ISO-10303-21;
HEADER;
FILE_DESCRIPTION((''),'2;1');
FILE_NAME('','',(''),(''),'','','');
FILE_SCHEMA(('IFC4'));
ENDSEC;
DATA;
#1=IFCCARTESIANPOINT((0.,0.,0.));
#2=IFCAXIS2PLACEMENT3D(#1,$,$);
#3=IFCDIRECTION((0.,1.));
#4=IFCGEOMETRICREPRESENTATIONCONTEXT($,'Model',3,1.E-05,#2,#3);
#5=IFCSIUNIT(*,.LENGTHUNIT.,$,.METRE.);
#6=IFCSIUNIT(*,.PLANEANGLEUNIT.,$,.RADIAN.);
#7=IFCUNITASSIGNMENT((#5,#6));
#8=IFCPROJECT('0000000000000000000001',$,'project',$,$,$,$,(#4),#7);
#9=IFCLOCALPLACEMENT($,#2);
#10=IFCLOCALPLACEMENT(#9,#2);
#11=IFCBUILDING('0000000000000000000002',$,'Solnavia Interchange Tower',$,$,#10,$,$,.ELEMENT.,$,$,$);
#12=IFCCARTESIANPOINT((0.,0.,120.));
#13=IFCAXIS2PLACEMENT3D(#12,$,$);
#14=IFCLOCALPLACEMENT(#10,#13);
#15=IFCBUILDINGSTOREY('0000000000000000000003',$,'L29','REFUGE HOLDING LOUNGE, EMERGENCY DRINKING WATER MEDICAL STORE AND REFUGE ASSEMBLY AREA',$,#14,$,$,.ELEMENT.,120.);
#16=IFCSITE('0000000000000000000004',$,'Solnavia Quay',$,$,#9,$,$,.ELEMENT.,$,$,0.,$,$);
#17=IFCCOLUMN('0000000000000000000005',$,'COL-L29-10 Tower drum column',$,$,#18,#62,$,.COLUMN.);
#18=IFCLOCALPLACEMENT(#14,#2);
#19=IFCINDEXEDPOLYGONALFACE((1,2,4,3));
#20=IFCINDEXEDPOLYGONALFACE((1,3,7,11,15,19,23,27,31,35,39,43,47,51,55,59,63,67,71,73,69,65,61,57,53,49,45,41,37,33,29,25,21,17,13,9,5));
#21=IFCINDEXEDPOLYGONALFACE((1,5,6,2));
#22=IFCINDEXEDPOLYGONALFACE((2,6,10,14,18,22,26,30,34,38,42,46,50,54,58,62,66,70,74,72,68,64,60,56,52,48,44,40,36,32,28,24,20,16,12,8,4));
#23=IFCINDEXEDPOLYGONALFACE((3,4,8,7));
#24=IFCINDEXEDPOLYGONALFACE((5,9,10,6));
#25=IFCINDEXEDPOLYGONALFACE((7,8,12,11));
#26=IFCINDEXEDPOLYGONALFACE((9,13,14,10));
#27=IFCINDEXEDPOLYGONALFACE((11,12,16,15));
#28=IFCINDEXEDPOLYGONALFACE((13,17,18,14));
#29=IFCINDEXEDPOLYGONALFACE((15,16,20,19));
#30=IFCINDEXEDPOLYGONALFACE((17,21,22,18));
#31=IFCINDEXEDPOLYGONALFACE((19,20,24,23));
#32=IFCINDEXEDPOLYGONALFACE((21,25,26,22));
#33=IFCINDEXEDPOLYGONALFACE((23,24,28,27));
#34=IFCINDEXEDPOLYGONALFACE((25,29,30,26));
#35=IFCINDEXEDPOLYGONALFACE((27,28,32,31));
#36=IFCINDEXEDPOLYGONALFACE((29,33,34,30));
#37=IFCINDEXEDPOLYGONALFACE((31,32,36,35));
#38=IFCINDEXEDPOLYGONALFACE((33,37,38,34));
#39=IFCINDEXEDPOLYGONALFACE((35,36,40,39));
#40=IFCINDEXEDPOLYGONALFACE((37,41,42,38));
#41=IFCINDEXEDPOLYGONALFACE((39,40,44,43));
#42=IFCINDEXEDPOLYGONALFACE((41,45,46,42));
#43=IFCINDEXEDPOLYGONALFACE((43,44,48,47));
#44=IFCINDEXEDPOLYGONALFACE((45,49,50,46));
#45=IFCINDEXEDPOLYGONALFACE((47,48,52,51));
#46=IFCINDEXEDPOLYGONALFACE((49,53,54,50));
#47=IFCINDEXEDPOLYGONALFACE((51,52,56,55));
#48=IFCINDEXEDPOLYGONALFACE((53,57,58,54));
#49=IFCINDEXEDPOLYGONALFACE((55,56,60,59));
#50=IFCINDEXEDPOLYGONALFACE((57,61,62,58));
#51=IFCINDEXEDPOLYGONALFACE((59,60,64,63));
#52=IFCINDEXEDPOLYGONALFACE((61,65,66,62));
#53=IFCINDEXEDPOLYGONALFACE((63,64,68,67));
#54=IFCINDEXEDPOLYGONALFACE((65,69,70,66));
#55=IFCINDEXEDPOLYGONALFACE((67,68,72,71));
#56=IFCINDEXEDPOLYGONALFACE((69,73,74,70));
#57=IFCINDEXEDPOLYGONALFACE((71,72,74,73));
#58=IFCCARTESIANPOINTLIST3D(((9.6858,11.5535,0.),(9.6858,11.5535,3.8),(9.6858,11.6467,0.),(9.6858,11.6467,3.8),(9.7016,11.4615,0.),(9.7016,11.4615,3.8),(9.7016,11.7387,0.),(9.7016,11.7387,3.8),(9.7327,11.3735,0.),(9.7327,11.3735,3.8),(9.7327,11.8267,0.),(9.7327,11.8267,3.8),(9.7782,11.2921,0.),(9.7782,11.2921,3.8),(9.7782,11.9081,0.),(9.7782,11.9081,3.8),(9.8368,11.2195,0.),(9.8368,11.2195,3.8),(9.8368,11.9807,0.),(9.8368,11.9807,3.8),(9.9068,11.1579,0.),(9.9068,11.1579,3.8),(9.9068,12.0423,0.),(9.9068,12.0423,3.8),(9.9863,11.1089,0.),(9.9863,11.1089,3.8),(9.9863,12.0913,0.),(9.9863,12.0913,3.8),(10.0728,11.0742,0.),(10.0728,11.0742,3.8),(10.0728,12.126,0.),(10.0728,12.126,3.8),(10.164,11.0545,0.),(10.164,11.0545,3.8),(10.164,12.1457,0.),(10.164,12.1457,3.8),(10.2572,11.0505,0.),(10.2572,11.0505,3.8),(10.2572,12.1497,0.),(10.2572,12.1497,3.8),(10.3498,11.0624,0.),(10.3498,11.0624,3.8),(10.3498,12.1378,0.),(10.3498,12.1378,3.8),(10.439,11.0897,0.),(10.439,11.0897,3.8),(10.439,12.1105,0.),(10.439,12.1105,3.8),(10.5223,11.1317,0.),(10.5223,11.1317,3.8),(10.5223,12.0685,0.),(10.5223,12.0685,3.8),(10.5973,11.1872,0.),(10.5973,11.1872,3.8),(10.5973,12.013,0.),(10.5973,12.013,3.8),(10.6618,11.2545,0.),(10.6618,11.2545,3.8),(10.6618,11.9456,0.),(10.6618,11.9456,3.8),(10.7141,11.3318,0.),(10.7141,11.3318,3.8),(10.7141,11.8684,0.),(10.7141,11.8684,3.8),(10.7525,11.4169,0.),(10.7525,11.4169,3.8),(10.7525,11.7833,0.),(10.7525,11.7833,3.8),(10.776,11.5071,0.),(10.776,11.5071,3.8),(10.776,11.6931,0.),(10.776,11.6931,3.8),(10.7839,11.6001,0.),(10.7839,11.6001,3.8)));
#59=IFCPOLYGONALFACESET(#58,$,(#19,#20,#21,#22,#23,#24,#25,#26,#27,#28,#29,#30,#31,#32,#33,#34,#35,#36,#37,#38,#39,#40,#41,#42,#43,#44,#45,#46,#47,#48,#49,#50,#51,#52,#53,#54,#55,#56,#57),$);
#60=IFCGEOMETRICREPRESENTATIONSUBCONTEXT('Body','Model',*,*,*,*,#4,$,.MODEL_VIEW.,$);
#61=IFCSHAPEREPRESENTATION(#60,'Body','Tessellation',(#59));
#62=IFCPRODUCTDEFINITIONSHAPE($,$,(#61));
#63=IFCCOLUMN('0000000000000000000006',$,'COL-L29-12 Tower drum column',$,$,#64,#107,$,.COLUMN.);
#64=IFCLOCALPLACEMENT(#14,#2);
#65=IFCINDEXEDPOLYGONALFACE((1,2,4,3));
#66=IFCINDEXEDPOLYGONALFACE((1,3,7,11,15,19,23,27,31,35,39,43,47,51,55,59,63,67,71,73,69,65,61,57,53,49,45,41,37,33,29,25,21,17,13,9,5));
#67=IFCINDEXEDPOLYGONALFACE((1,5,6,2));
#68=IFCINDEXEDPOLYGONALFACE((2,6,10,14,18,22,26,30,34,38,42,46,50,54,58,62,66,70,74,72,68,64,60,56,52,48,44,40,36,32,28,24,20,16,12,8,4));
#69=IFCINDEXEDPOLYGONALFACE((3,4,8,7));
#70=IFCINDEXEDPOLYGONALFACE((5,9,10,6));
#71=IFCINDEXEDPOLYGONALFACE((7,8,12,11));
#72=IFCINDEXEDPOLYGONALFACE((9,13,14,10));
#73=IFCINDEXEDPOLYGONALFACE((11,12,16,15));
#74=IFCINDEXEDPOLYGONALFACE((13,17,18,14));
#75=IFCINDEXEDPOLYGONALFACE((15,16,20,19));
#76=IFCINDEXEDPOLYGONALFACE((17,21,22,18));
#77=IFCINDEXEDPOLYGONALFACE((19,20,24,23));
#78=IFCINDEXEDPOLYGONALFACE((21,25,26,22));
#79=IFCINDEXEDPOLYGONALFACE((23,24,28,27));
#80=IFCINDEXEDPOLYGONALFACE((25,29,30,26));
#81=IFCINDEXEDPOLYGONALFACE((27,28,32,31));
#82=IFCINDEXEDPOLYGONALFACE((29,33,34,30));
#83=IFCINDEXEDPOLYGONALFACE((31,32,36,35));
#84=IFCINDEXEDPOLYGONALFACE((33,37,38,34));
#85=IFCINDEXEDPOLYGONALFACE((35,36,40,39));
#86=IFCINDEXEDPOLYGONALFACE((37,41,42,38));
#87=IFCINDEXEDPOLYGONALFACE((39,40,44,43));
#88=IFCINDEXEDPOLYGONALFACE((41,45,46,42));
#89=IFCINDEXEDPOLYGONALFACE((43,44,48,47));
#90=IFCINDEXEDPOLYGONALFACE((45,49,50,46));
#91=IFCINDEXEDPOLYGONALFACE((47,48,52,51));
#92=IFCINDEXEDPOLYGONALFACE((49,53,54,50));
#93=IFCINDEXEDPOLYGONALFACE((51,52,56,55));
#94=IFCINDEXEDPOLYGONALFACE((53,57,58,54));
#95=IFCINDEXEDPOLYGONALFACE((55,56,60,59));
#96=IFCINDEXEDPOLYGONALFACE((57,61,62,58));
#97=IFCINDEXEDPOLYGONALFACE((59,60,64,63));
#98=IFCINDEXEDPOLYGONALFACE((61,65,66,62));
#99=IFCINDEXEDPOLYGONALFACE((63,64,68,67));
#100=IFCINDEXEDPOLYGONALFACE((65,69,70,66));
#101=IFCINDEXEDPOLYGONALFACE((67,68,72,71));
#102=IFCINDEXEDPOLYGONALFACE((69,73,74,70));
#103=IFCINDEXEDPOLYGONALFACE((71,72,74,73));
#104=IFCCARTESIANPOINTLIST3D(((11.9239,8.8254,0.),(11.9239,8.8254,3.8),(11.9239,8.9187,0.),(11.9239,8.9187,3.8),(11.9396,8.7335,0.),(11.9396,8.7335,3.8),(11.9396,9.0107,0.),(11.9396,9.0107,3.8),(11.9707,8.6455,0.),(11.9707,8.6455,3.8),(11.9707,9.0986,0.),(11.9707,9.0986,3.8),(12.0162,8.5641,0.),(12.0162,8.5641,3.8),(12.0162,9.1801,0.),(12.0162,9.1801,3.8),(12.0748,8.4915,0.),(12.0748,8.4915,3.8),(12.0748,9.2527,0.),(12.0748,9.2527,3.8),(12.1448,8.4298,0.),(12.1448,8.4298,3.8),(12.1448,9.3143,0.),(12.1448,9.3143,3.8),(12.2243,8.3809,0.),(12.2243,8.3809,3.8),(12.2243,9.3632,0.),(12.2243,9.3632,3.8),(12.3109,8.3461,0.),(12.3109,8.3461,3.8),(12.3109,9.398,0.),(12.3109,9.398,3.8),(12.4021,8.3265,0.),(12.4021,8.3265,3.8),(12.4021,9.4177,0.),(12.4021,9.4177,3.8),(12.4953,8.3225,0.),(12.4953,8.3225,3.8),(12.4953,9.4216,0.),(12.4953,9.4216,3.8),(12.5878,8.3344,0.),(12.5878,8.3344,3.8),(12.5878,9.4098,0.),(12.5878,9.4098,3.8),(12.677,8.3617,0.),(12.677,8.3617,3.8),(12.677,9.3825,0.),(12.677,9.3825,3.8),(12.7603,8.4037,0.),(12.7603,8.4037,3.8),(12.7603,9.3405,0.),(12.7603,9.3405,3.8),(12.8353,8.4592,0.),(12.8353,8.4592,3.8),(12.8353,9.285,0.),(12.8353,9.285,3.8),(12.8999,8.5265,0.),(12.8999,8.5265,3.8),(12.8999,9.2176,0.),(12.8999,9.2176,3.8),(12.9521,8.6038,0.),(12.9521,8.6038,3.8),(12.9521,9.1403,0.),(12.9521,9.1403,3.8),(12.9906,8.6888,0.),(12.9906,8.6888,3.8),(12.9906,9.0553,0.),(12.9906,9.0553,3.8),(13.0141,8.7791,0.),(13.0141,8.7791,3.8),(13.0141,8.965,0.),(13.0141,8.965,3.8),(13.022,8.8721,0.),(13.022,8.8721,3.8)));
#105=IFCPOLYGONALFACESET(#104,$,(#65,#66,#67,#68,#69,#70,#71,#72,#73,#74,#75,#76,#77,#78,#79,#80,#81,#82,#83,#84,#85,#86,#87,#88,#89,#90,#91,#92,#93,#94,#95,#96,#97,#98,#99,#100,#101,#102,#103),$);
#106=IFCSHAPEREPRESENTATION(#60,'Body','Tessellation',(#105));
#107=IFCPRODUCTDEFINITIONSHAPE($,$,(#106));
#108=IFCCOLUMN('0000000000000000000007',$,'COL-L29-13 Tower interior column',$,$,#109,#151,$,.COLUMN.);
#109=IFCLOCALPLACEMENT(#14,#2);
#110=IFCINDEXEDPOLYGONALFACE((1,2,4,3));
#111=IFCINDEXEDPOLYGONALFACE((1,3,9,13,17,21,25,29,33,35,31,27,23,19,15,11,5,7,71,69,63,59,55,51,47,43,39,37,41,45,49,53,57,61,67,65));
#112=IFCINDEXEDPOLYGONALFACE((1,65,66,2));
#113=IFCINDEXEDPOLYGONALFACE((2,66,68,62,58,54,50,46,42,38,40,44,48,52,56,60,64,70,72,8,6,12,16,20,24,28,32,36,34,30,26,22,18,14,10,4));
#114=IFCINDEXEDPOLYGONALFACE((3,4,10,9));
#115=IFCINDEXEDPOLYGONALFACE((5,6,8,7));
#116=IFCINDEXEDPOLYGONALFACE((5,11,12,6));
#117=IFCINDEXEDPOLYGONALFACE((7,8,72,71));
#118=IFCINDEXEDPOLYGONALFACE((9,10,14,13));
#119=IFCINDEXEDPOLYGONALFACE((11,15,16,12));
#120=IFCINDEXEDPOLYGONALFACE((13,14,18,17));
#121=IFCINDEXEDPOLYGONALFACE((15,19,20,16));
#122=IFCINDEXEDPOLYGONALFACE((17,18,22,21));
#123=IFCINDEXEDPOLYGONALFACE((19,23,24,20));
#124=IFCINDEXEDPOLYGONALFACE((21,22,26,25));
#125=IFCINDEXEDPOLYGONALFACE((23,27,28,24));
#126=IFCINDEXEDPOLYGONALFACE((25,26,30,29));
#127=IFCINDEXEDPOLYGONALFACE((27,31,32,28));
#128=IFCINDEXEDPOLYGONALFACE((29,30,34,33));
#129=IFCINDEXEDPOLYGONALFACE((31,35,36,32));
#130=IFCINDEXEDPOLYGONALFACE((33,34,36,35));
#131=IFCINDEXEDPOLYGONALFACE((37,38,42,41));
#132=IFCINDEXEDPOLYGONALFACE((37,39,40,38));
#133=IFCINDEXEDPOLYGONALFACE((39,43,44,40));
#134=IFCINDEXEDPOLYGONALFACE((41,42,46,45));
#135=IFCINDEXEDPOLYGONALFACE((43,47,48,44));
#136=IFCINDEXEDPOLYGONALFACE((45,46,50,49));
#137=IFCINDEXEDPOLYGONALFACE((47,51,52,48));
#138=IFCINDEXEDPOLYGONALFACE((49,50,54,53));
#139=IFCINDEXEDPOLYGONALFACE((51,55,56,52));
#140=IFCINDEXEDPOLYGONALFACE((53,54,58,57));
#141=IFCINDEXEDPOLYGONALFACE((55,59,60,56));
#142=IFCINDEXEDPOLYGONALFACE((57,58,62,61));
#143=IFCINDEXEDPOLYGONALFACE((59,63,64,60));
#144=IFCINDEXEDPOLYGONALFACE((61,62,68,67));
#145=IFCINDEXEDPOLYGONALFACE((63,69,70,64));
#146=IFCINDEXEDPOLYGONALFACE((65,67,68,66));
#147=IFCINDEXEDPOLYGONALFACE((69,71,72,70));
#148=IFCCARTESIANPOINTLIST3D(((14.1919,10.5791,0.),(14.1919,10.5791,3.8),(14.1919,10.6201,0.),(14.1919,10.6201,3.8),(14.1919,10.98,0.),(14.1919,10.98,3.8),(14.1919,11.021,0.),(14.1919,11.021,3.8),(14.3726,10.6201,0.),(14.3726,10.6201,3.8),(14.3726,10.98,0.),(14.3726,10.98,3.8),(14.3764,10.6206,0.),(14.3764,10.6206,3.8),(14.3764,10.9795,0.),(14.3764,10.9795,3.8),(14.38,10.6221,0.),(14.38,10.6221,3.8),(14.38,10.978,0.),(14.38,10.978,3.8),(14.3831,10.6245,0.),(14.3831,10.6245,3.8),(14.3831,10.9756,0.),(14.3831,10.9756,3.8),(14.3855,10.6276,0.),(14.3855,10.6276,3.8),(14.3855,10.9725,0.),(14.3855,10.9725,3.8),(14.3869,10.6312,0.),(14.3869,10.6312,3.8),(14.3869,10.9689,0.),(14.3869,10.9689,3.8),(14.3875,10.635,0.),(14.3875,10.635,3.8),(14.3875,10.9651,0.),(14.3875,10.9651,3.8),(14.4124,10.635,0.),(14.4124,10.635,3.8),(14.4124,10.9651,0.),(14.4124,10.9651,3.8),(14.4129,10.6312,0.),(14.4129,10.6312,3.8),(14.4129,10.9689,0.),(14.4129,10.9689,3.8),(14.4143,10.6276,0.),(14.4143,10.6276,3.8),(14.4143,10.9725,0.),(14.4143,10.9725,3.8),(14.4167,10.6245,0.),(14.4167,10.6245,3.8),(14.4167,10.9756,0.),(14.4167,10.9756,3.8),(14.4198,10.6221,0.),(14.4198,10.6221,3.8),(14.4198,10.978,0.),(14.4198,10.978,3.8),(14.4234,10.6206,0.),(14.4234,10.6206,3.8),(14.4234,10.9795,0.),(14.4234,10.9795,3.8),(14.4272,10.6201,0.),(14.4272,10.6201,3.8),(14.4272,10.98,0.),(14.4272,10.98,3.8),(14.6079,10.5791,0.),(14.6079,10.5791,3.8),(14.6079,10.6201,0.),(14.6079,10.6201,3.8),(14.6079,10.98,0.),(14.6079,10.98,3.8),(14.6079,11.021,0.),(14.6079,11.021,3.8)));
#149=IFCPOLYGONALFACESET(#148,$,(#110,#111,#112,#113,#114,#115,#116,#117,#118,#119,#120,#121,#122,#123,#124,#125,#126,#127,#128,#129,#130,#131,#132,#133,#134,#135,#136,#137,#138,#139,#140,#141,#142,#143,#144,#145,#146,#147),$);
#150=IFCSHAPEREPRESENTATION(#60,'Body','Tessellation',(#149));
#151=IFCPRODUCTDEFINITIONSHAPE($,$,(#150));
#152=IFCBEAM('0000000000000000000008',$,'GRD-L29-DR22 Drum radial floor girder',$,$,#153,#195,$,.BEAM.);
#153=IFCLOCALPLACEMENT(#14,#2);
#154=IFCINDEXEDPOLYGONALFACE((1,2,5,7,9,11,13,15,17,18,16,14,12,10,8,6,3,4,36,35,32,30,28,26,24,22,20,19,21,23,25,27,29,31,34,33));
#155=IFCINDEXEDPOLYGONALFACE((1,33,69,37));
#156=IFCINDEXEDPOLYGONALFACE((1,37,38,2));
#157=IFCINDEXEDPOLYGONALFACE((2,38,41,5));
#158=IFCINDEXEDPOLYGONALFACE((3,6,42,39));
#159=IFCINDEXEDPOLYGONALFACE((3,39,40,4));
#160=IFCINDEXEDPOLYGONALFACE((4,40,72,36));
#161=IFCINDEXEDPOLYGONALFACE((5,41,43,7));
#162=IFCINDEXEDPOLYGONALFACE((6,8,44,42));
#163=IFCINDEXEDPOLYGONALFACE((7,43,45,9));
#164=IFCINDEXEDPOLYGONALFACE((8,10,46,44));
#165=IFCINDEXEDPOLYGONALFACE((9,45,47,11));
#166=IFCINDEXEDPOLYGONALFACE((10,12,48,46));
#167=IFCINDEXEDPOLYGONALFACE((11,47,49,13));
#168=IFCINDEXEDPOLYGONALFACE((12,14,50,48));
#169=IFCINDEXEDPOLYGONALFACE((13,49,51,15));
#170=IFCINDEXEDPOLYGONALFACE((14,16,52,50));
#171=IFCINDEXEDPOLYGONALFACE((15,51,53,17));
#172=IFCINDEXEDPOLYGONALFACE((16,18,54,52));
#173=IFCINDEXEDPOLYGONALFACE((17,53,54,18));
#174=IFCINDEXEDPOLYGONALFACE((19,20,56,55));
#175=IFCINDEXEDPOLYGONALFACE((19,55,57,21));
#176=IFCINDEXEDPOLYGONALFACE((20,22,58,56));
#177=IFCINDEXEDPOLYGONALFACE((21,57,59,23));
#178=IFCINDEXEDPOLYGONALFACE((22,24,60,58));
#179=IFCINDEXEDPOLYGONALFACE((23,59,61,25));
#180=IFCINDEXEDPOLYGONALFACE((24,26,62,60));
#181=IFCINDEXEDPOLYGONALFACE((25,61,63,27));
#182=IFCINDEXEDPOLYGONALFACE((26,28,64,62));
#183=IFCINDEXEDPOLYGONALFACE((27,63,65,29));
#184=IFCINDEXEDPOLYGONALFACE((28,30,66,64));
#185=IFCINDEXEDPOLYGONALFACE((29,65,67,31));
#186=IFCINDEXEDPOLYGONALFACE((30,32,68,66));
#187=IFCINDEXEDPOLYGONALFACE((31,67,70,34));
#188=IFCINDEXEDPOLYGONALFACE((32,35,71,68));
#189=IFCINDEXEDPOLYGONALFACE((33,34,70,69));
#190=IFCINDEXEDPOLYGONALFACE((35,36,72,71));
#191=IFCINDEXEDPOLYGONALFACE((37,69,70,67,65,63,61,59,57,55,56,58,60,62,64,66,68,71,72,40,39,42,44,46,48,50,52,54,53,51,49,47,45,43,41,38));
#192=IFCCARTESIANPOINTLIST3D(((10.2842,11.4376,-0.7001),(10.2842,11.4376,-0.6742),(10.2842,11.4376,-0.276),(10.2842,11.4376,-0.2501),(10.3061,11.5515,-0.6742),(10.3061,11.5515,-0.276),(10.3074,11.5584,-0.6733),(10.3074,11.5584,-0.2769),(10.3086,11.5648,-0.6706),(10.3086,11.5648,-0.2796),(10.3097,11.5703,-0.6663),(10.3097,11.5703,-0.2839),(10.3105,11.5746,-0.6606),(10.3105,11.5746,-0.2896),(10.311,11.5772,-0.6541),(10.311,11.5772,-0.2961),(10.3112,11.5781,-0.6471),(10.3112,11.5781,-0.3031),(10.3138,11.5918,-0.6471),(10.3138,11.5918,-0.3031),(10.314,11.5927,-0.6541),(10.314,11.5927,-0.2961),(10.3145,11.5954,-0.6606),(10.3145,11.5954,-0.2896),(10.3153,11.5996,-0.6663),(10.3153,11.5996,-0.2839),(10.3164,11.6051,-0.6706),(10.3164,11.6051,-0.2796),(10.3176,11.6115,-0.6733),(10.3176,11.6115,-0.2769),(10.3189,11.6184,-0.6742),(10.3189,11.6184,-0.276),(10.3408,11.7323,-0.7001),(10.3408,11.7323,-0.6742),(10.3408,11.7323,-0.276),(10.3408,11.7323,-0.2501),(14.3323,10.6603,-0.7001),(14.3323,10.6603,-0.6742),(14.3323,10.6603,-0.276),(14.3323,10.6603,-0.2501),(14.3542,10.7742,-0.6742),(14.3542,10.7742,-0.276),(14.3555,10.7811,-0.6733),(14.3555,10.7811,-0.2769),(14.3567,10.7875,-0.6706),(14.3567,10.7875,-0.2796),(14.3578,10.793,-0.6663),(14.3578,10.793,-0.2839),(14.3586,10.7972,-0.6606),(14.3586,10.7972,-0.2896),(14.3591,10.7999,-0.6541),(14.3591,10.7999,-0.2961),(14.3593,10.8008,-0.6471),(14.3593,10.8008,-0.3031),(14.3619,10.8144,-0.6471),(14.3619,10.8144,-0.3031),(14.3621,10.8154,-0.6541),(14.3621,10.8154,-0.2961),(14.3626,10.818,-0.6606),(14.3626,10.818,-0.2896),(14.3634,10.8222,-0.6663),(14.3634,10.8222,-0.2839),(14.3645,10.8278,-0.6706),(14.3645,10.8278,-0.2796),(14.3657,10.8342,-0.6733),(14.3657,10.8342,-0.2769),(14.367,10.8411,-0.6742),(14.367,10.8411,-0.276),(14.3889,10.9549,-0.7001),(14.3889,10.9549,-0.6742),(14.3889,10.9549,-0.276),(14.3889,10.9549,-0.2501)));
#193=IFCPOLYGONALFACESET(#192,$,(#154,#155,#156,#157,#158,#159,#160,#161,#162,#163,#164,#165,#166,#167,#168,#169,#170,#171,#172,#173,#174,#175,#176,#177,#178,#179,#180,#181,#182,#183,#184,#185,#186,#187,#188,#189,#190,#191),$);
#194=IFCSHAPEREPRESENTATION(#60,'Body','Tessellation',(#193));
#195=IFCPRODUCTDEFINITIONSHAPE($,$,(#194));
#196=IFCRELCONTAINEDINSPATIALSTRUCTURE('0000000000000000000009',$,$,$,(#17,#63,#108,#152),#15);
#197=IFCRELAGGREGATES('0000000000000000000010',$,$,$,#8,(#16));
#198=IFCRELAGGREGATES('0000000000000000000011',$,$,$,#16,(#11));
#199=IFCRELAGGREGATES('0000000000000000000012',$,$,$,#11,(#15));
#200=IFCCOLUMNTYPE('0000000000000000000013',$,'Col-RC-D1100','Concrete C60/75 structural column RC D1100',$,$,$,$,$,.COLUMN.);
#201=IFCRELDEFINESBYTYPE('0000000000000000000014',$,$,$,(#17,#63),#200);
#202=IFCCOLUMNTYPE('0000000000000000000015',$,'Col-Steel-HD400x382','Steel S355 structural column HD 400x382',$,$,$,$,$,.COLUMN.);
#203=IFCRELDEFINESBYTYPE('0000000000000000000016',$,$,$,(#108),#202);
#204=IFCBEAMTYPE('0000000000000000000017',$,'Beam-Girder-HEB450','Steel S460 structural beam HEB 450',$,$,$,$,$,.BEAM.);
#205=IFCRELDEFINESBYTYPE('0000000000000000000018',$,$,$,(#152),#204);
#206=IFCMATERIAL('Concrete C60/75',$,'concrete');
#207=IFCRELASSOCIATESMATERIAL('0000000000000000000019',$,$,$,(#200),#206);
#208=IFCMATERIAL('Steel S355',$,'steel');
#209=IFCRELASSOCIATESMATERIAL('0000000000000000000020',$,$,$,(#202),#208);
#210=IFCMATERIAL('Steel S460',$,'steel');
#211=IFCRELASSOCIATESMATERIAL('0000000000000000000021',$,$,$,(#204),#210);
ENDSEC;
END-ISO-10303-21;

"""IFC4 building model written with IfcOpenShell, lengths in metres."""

from ifc_helpers import new_model, si_unit, direction, frame, origin, origin_2d, place, context, subcontext, project, spatial, circle, i_section, extrude, material, material_profile, profile_set, type_object, element, save


model = new_model("IFC4")

# Units and contexts
model_context = context("Model", 3, precision=1e-05, world=origin(), true_north=direction((0.0, 1.0)))
body_context = subcontext(model_context, "Body", "Model", "MODEL_VIEW")
ifc_project = project(units=[si_unit("LENGTHUNIT", "METRE"), si_unit("PLANEANGLEUNIT", "RADIAN")], contexts=[model_context])

# Site, building, storey
site_placement = place(None, origin())
site = spatial("IfcSite", under=ifc_project, at=site_placement, Name="Solnavia Quay", CompositionType="ELEMENT", RefElevation=0.0)
building_placement = place(site_placement, origin())
building = spatial("IfcBuilding", under=site, at=building_placement, Name="Solnavia Interchange Tower", CompositionType="ELEMENT")
storey_placement = place(building_placement, frame((0.0, 0.0, 120.0)))
storey = spatial("IfcBuildingStorey", under=building, at=storey_placement, Name="L29", Description="REFUGE HOLDING LOUNGE, EMERGENCY DRINKING WATER MEDICAL STORE AND REFUGE ASSEMBLY AREA", CompositionType="ELEMENT", Elevation=120.0)

# Columns
ifc_material_1 = material(Name="Concrete C60/75", Category="concrete")
ifc_material_profile_1 = material_profile(ifc_material_1, circle(Radius=0.55, at=origin_2d()), Name="RC D1100")
ifc_profile_set_1 = profile_set([ifc_material_profile_1], Name="Concrete C60/75")
column_type_1 = type_object("IfcColumnType", Name="Col-RC-D1100", Description="Concrete C60/75 structural column RC D1100", PredefinedType="COLUMN", material=ifc_profile_set_1)
for number, where, z_axis, x_axis, name in (
    (1, (10.2339, 11.6001, 0.0), (0.0, 0.0, 1.0), (1.0, 0.0, 0.0), "COL-L29-10 Tower drum column"),
    (2, (12.4719, 8.8721, 0.0), (0.0, 0.0, 1.0), (1.0, 0.0, 0.0), "COL-L29-12 Tower drum column"),
):
    element("IfcColumn", number, at=place(storey_placement, frame(where, z_axis=z_axis, x_axis=x_axis)), inside=storey, type_object=column_type_1, Name=name, PredefinedType="COLUMN", context=body_context, shape_type="SweptSolid", body=[
        extrude(circle(Radius=0.55, at=origin_2d()), origin(), (0.0, 0.0, 1.0), 3.8),
    ])
ifc_material_2 = material(Name="Steel S355", Category="steel")
ifc_material_profile_2 = material_profile(ifc_material_2, i_section(OverallWidth=0.416, OverallDepth=0.4419, WebThickness=0.0249, FlangeThickness=0.041, FilletRadius=0.0149, at=origin_2d()), Name="HD 400x382")
ifc_profile_set_2 = profile_set([ifc_material_profile_2], Name="Steel S355")
column_type_2 = type_object("IfcColumnType", Name="Col-Steel-HD400x382", Description="Steel S355 structural column HD 400x382", PredefinedType="COLUMN", material=ifc_profile_set_2)
column_placement = place(storey_placement, frame((14.3999, 10.8, 0.0), z_axis=(0.0, 0.0, 1.0), x_axis=(1.0, 0.0, 0.0)))
element("IfcColumn", 3, at=column_placement, inside=storey, type_object=column_type_2, Name="COL-L29-13 Tower interior column", PredefinedType="COLUMN", context=body_context, shape_type="SweptSolid", body=[
    extrude(i_section(OverallWidth=0.416, OverallDepth=0.4419, WebThickness=0.0249, FlangeThickness=0.041, FilletRadius=0.0149, at=origin_2d()), origin(), (0.0, 0.0, 1.0), 3.8),
])

# Beam
ifc_material_3 = material(Name="Steel S460", Category="steel")
ifc_material_profile_3 = material_profile(ifc_material_3, i_section(OverallWidth=0.3, OverallDepth=0.45, WebThickness=0.0139, FlangeThickness=0.0259, FilletRadius=0.0271, at=origin_2d()), Name="HEB 450")
ifc_profile_set_3 = profile_set([ifc_material_profile_3], Name="Steel S460")
beam_type_1 = type_object("IfcBeamType", Name="Beam-Girder-HEB450", Description="Steel S460 structural beam HEB 450", PredefinedType="BEAM", material=ifc_profile_set_3)
beam_1_placement = place(storey_placement, frame((10.3125, 11.585, -0.4751), z_axis=(0.982058, -0.188582, 0.0), x_axis=(0.188582, 0.982058, 0.0)))
element("IfcBeam", 4, at=beam_1_placement, inside=storey, type_object=beam_type_1, Name="GRD-L29-DR22 Drum radial floor girder", PredefinedType="BEAM", context=body_context, shape_type="SweptSolid", body=[
    extrude(i_section(OverallWidth=0.3, OverallDepth=0.45, WebThickness=0.0139, FlangeThickness=0.0259, FilletRadius=0.0271, at=origin_2d()), origin(), (0.0, 0.0, 1.0), 4.1221),
])

save(model, "model.ifc")
